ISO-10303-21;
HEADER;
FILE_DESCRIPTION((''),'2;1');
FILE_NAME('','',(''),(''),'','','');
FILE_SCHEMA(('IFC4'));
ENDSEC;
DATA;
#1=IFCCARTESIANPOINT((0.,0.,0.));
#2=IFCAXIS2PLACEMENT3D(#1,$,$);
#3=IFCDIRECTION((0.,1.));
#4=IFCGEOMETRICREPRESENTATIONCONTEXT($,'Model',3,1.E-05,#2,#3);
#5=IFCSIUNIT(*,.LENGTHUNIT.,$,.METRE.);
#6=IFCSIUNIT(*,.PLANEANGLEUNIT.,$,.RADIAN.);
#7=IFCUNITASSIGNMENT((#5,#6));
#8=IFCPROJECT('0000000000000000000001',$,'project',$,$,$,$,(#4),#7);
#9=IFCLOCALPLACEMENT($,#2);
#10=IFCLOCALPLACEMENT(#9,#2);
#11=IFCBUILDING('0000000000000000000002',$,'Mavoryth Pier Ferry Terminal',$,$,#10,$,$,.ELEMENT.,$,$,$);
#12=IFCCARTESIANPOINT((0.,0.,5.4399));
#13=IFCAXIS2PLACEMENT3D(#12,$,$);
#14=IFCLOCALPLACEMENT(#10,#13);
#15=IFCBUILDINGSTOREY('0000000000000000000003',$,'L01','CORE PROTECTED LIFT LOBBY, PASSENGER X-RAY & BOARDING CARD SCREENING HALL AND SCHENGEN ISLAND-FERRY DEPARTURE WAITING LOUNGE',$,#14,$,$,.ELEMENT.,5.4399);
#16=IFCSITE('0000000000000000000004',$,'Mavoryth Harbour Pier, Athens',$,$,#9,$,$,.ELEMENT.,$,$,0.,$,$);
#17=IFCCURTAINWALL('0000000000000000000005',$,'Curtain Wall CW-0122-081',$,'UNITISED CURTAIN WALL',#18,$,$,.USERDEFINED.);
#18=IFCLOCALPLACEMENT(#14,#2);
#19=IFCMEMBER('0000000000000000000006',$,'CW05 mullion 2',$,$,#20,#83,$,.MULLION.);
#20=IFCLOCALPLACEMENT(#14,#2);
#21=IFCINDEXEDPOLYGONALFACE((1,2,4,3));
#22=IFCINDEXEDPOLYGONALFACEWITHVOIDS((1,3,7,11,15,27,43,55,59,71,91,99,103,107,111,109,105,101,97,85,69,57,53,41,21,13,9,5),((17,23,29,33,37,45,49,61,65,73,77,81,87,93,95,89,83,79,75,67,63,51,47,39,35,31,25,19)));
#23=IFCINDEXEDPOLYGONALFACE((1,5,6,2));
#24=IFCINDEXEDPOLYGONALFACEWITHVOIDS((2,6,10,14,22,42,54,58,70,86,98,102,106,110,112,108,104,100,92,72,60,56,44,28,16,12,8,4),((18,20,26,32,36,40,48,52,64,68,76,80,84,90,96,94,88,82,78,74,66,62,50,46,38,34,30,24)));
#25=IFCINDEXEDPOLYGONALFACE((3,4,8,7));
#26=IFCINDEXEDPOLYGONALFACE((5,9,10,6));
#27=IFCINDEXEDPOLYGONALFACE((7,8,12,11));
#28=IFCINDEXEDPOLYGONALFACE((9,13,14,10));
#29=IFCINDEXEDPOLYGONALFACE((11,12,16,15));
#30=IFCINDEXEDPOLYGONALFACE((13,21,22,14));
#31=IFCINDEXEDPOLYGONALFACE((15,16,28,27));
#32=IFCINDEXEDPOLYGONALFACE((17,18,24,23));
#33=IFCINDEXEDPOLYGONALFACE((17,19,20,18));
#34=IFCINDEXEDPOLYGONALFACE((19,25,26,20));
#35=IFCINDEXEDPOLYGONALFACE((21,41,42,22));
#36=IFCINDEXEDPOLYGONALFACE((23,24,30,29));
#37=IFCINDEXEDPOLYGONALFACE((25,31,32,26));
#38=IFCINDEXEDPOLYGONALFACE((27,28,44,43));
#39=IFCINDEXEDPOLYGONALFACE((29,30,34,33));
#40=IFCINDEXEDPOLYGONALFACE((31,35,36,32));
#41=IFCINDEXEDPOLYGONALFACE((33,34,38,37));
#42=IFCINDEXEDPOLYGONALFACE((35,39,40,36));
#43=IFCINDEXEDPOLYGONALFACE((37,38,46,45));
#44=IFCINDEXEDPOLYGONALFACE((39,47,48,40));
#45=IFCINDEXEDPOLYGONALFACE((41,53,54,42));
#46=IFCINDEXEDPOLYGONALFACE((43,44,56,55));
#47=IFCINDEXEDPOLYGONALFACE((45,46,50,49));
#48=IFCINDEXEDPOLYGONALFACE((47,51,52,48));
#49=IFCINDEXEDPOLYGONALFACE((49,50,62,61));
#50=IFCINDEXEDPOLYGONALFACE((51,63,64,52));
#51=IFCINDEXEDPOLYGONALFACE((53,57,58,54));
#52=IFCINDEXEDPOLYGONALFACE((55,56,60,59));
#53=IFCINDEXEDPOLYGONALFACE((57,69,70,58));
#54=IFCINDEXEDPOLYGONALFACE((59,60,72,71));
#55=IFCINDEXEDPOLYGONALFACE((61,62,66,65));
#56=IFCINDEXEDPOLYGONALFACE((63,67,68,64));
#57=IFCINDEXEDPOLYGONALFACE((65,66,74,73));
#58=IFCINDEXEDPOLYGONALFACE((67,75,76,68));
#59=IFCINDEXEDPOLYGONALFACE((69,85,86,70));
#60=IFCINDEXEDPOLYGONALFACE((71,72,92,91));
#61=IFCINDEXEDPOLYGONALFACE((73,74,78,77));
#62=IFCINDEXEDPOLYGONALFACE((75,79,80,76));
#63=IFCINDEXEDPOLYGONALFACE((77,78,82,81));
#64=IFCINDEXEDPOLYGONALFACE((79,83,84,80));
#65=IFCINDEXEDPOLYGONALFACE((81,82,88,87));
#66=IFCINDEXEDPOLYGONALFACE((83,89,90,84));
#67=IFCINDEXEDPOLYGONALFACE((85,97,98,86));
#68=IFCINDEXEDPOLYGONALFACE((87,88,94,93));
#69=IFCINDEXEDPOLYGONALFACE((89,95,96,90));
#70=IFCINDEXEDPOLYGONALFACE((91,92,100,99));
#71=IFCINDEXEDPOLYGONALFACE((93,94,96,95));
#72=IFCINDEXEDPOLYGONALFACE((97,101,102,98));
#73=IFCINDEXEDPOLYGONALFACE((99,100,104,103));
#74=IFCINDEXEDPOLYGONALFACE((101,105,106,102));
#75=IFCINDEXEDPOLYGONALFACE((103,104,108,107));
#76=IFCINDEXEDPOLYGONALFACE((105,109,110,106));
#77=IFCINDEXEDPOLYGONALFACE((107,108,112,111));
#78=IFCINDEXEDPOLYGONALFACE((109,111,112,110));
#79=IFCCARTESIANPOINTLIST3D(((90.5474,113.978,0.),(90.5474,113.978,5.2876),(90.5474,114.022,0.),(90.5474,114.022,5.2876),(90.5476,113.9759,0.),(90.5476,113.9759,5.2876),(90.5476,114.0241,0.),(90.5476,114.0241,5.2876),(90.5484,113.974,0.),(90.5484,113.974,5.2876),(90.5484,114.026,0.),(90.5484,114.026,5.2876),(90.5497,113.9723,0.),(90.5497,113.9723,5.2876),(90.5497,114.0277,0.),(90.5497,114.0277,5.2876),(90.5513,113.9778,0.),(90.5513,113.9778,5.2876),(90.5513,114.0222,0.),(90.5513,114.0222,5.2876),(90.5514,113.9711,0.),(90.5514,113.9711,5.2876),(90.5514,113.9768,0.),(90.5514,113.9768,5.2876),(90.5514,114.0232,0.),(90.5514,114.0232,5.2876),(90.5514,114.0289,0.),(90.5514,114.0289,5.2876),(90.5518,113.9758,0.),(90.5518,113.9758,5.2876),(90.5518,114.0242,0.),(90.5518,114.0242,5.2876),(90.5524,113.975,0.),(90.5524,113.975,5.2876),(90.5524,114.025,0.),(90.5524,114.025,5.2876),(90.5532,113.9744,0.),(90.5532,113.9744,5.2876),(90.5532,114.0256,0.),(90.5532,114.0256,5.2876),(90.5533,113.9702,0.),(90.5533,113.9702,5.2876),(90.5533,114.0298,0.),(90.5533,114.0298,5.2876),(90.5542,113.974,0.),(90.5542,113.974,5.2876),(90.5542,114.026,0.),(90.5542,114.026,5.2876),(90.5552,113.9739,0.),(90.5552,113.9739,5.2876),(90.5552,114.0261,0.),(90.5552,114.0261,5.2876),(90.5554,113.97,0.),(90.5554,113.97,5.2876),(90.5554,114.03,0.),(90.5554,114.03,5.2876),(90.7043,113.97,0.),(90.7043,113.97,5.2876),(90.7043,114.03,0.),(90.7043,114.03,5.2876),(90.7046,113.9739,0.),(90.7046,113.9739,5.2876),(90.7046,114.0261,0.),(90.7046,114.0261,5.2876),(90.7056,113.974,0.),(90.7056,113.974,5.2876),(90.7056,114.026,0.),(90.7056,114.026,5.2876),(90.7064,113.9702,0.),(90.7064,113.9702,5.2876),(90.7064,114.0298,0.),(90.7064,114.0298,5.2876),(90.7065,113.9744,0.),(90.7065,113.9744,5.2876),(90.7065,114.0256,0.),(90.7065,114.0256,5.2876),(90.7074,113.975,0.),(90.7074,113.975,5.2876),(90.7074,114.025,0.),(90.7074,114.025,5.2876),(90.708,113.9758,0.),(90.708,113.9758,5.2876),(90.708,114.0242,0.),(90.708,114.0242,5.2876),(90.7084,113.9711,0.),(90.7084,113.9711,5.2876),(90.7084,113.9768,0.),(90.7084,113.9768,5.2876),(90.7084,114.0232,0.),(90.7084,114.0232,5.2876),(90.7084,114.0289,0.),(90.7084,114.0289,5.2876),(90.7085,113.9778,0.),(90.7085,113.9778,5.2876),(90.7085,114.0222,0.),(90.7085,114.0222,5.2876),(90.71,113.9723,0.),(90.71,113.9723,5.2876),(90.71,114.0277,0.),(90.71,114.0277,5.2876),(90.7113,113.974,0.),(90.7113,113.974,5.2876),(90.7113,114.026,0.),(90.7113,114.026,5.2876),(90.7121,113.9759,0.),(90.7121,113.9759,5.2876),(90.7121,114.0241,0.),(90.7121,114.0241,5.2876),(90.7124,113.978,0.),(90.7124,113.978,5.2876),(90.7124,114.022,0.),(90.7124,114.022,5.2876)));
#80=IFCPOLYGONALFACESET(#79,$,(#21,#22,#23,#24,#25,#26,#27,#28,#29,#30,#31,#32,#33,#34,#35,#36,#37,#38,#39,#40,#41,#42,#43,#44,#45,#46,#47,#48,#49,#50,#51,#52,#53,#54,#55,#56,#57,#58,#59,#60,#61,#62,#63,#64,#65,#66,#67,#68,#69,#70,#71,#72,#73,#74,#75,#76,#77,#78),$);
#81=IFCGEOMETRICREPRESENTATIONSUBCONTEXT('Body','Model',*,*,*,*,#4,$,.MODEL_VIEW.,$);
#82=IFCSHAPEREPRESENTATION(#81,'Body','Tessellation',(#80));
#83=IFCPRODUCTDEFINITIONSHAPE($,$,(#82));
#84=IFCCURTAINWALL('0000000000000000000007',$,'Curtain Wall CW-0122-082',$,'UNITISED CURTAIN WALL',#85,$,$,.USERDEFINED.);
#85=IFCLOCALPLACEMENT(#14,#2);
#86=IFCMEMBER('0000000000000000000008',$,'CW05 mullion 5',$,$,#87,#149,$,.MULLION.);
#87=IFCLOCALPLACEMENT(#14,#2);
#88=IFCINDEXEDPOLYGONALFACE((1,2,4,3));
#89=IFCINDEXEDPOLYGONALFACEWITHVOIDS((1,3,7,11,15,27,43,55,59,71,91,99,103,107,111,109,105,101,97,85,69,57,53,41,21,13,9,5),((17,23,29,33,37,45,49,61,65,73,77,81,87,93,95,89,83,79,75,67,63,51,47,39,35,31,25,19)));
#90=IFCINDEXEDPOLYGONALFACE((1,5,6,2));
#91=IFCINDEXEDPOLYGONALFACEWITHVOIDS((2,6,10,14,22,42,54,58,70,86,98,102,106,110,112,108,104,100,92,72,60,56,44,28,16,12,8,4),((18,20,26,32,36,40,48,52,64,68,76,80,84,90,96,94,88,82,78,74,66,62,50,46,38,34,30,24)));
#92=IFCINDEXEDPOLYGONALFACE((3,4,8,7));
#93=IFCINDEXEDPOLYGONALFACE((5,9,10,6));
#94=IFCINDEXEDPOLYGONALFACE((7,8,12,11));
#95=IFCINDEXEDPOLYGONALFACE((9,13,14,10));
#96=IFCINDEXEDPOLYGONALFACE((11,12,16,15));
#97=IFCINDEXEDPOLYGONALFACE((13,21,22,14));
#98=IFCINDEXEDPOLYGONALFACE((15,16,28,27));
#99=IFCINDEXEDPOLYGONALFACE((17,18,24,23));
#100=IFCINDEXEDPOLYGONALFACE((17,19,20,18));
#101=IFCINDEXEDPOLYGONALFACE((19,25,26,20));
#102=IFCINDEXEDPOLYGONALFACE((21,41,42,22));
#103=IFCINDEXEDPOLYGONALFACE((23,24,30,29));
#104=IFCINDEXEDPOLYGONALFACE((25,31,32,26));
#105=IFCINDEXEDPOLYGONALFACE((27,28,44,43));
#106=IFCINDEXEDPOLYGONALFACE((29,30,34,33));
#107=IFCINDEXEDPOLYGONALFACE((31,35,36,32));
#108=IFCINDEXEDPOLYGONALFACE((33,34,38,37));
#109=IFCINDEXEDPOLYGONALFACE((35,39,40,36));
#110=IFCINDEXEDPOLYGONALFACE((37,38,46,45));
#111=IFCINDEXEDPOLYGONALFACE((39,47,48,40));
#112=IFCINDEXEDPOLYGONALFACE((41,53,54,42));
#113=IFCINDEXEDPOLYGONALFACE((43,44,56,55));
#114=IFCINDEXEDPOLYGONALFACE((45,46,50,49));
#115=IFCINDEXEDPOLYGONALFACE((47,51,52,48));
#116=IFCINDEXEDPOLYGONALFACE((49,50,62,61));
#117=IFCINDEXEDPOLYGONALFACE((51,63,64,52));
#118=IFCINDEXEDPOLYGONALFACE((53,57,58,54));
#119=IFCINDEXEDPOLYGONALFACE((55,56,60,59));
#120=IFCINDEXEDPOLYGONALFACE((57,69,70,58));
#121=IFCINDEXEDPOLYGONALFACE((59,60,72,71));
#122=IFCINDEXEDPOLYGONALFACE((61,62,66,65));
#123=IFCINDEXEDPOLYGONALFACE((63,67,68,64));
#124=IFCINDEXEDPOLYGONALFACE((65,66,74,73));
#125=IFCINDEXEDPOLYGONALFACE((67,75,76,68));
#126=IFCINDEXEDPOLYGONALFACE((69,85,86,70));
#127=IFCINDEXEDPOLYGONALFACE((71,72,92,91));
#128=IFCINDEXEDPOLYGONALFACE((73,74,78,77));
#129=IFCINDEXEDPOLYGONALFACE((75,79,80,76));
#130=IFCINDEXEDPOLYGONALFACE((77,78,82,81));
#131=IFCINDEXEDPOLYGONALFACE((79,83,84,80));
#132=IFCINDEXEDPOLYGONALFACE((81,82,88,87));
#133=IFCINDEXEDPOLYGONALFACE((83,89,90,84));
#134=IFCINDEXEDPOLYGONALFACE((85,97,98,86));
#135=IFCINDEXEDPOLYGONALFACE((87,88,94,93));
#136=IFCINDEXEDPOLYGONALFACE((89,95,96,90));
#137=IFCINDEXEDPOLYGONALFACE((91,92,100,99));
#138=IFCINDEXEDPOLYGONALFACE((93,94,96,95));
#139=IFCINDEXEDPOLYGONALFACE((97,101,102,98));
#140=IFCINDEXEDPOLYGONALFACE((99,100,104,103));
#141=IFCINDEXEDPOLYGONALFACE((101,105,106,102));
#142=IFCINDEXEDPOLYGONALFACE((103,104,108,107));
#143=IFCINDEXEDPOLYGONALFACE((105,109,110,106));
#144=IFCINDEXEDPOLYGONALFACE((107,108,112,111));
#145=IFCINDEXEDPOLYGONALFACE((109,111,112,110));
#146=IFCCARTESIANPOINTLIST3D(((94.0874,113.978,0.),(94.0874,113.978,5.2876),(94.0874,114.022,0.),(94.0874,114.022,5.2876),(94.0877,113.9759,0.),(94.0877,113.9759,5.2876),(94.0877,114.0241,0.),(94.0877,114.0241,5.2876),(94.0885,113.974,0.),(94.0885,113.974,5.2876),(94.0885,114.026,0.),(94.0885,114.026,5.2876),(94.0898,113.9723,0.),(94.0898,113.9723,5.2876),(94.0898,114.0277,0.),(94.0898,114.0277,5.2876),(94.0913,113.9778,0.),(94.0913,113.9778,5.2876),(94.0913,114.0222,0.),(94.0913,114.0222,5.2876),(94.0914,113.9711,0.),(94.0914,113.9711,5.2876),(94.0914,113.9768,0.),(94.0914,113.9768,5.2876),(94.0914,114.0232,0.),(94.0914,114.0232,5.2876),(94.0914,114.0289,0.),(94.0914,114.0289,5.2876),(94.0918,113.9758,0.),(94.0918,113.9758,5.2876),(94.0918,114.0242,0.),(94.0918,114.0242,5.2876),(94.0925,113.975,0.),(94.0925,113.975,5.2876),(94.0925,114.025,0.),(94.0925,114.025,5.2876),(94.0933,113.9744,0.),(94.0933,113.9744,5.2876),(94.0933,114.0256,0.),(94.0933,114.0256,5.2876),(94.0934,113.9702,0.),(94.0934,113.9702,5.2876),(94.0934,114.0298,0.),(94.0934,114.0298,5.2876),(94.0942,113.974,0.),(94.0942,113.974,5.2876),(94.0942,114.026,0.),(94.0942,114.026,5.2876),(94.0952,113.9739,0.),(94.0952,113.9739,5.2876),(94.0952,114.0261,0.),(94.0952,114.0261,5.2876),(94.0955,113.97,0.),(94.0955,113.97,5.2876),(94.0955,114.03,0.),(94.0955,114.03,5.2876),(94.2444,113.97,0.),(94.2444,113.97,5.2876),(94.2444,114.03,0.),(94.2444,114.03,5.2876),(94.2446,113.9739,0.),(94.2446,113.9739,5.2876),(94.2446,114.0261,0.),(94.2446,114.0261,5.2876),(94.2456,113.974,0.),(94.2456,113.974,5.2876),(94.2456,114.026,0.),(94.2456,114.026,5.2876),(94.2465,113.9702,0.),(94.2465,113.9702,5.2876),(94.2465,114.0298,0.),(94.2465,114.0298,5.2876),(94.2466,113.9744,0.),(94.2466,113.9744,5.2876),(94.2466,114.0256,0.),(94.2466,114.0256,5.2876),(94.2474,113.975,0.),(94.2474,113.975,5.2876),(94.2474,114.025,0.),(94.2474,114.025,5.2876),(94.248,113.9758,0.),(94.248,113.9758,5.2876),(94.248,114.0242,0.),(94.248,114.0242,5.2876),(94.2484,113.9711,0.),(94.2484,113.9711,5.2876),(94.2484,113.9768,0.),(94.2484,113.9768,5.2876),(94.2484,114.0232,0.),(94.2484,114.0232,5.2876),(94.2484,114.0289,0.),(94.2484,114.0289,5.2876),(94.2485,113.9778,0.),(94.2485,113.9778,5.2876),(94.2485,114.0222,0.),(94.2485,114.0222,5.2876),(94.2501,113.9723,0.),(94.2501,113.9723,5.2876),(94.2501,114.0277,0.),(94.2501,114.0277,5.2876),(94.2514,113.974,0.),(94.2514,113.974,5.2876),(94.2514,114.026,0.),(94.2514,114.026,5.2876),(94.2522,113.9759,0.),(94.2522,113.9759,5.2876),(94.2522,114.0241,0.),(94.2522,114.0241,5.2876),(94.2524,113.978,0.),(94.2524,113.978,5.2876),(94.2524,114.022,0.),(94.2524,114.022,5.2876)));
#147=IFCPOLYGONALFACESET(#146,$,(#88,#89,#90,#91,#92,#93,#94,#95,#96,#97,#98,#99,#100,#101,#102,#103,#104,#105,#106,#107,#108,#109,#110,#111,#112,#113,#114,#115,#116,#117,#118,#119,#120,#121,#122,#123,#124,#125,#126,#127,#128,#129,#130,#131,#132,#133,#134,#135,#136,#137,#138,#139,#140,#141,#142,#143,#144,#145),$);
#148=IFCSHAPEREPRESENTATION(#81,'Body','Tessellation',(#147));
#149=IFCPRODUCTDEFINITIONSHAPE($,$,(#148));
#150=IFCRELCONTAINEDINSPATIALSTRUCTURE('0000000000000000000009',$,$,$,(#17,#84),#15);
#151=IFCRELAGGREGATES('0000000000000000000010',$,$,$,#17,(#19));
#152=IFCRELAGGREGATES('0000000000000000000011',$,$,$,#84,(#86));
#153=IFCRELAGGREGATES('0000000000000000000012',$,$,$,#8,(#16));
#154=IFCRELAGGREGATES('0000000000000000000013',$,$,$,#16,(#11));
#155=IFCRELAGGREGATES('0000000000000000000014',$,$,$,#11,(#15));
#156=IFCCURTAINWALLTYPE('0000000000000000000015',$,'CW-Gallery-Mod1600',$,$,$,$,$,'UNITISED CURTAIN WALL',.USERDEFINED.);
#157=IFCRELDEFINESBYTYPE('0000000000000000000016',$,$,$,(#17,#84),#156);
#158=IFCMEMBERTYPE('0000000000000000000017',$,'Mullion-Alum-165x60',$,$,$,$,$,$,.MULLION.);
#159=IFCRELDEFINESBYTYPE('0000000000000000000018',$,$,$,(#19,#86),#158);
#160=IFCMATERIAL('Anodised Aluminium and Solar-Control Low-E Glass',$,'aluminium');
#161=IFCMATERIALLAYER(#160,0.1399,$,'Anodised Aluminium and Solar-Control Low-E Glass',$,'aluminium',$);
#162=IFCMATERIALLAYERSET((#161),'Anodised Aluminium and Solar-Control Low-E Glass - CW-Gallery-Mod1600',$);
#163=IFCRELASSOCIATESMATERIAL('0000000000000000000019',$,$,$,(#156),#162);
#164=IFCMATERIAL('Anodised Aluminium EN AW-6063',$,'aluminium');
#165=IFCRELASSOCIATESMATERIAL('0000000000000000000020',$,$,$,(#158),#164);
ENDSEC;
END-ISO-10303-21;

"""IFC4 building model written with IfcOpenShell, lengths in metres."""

from ifc_helpers import new_model, si_unit, direction, frame, origin, origin_2d, place, context, subcontext, project, spatial, hollow_rectangle, extrude, material, layer, layer_set, material_profile, profile_set, type_object, element, aggregate, save


model = new_model("IFC4")

# Units and contexts
model_context = context("Model", 3, precision=1e-05, world=origin(), true_north=direction((0.0, 1.0)))
body_context = subcontext(model_context, "Body", "Model", "MODEL_VIEW")
ifc_project = project(units=[si_unit("LENGTHUNIT", "METRE"), si_unit("PLANEANGLEUNIT", "RADIAN")], contexts=[model_context])

# Site, building, storey
site_placement = place(None, origin())
site = spatial("IfcSite", under=ifc_project, at=site_placement, Name="Mavoryth Harbour Pier, Athens", CompositionType="ELEMENT", RefElevation=0.0)
building_placement = place(site_placement, origin())
building = spatial("IfcBuilding", under=site, at=building_placement, Name="Mavoryth Pier Ferry Terminal", CompositionType="ELEMENT")
storey_placement = place(building_placement, frame((0.0, 0.0, 5.4399)))
storey = spatial("IfcBuildingStorey", under=building, at=storey_placement, Name="L01", Description="CORE PROTECTED LIFT LOBBY, PASSENGER X-RAY & BOARDING CARD SCREENING HALL AND SCHENGEN ISLAND-FERRY DEPARTURE WAITING LOUNGE", CompositionType="ELEMENT", Elevation=5.4399)

# Curtain walls, members
ifc_material_1 = material(Name="Anodised Aluminium and Solar-Control Low-E Glass", Category="aluminium")
ifc_layer_1 = layer(ifc_material_1, 0.1399, Name="Anodised Aluminium and Solar-Control Low-E Glass", Category="aluminium")
ifc_layer_set_1 = layer_set([ifc_layer_1], Name="Anodised Aluminium and Solar-Control Low-E Glass - CW-Gallery-Mod1600")
curtain_wall_type = type_object("IfcCurtainWallType", Name="CW-Gallery-Mod1600", ElementType="UNITISED CURTAIN WALL", PredefinedType="USERDEFINED", material=ifc_layer_set_1)
curtain_wall_1_placement = place(storey_placement, origin())
curtain_wall_1 = element("IfcCurtainWall", 1, at=curtain_wall_1_placement, inside=storey, type_object=curtain_wall_type, Name="Curtain Wall CW-0122-081", ObjectType="UNITISED CURTAIN WALL", PredefinedType="USERDEFINED")
ifc_material_2 = material(Name="Anodised Aluminium EN AW-6063", Category="aluminium")
ifc_material_profile_1 = material_profile(ifc_material_2, hollow_rectangle(XDim=0.0601, YDim=0.165, WallThickness=0.0039, InnerFilletRadius=0.0039, OuterFilletRadius=0.0081, at=origin_2d()), Name="AL-MULL 165x60x4", Category="aluminium")
ifc_profile_set_1 = profile_set([ifc_material_profile_1], Name="Anodised Aluminium EN AW-6063 - AL-MULL 165x60x4")
member_type_1 = type_object("IfcMemberType", Name="Mullion-Alum-165x60", PredefinedType="MULLION", material=ifc_profile_set_1)
member_1_placement = place(storey_placement, frame((90.6299, 114.0, 0.0), z_axis=(0.0, 0.0, 1.0), x_axis=(0.0, -1.0, 0.0)))
member_1 = element("IfcMember", 2, at=member_1_placement, type_object=member_type_1, Name="CW05 mullion 2", PredefinedType="MULLION", context=body_context, shape_type="SweptSolid", body=[
    extrude(hollow_rectangle(XDim=0.0601, YDim=0.165, WallThickness=0.0039, InnerFilletRadius=0.0039, OuterFilletRadius=0.0081, at=origin_2d()), origin(), (0.0, 0.0, 1.0), 5.2876),
])
curtain_wall_2_placement = place(storey_placement, origin())
curtain_wall_2 = element("IfcCurtainWall", 3, at=curtain_wall_2_placement, inside=storey, type_object=curtain_wall_type, Name="Curtain Wall CW-0122-082", ObjectType="UNITISED CURTAIN WALL", PredefinedType="USERDEFINED")
member_2_placement = place(storey_placement, frame((94.1699, 114.0, 0.0), z_axis=(0.0, 0.0, 1.0), x_axis=(0.0, -1.0, 0.0)))
member_2 = element("IfcMember", 4, at=member_2_placement, type_object=member_type_1, Name="CW05 mullion 5", PredefinedType="MULLION", context=body_context, shape_type="SweptSolid", body=[
    extrude(hollow_rectangle(XDim=0.0601, YDim=0.165, WallThickness=0.0039, InnerFilletRadius=0.0039, OuterFilletRadius=0.0081, at=origin_2d()), origin(), (0.0, 0.0, 1.0), 5.2876),
])

aggregate(curtain_wall_1, [member_1])
aggregate(curtain_wall_2, [member_2])

save(model, "model.ifc")
